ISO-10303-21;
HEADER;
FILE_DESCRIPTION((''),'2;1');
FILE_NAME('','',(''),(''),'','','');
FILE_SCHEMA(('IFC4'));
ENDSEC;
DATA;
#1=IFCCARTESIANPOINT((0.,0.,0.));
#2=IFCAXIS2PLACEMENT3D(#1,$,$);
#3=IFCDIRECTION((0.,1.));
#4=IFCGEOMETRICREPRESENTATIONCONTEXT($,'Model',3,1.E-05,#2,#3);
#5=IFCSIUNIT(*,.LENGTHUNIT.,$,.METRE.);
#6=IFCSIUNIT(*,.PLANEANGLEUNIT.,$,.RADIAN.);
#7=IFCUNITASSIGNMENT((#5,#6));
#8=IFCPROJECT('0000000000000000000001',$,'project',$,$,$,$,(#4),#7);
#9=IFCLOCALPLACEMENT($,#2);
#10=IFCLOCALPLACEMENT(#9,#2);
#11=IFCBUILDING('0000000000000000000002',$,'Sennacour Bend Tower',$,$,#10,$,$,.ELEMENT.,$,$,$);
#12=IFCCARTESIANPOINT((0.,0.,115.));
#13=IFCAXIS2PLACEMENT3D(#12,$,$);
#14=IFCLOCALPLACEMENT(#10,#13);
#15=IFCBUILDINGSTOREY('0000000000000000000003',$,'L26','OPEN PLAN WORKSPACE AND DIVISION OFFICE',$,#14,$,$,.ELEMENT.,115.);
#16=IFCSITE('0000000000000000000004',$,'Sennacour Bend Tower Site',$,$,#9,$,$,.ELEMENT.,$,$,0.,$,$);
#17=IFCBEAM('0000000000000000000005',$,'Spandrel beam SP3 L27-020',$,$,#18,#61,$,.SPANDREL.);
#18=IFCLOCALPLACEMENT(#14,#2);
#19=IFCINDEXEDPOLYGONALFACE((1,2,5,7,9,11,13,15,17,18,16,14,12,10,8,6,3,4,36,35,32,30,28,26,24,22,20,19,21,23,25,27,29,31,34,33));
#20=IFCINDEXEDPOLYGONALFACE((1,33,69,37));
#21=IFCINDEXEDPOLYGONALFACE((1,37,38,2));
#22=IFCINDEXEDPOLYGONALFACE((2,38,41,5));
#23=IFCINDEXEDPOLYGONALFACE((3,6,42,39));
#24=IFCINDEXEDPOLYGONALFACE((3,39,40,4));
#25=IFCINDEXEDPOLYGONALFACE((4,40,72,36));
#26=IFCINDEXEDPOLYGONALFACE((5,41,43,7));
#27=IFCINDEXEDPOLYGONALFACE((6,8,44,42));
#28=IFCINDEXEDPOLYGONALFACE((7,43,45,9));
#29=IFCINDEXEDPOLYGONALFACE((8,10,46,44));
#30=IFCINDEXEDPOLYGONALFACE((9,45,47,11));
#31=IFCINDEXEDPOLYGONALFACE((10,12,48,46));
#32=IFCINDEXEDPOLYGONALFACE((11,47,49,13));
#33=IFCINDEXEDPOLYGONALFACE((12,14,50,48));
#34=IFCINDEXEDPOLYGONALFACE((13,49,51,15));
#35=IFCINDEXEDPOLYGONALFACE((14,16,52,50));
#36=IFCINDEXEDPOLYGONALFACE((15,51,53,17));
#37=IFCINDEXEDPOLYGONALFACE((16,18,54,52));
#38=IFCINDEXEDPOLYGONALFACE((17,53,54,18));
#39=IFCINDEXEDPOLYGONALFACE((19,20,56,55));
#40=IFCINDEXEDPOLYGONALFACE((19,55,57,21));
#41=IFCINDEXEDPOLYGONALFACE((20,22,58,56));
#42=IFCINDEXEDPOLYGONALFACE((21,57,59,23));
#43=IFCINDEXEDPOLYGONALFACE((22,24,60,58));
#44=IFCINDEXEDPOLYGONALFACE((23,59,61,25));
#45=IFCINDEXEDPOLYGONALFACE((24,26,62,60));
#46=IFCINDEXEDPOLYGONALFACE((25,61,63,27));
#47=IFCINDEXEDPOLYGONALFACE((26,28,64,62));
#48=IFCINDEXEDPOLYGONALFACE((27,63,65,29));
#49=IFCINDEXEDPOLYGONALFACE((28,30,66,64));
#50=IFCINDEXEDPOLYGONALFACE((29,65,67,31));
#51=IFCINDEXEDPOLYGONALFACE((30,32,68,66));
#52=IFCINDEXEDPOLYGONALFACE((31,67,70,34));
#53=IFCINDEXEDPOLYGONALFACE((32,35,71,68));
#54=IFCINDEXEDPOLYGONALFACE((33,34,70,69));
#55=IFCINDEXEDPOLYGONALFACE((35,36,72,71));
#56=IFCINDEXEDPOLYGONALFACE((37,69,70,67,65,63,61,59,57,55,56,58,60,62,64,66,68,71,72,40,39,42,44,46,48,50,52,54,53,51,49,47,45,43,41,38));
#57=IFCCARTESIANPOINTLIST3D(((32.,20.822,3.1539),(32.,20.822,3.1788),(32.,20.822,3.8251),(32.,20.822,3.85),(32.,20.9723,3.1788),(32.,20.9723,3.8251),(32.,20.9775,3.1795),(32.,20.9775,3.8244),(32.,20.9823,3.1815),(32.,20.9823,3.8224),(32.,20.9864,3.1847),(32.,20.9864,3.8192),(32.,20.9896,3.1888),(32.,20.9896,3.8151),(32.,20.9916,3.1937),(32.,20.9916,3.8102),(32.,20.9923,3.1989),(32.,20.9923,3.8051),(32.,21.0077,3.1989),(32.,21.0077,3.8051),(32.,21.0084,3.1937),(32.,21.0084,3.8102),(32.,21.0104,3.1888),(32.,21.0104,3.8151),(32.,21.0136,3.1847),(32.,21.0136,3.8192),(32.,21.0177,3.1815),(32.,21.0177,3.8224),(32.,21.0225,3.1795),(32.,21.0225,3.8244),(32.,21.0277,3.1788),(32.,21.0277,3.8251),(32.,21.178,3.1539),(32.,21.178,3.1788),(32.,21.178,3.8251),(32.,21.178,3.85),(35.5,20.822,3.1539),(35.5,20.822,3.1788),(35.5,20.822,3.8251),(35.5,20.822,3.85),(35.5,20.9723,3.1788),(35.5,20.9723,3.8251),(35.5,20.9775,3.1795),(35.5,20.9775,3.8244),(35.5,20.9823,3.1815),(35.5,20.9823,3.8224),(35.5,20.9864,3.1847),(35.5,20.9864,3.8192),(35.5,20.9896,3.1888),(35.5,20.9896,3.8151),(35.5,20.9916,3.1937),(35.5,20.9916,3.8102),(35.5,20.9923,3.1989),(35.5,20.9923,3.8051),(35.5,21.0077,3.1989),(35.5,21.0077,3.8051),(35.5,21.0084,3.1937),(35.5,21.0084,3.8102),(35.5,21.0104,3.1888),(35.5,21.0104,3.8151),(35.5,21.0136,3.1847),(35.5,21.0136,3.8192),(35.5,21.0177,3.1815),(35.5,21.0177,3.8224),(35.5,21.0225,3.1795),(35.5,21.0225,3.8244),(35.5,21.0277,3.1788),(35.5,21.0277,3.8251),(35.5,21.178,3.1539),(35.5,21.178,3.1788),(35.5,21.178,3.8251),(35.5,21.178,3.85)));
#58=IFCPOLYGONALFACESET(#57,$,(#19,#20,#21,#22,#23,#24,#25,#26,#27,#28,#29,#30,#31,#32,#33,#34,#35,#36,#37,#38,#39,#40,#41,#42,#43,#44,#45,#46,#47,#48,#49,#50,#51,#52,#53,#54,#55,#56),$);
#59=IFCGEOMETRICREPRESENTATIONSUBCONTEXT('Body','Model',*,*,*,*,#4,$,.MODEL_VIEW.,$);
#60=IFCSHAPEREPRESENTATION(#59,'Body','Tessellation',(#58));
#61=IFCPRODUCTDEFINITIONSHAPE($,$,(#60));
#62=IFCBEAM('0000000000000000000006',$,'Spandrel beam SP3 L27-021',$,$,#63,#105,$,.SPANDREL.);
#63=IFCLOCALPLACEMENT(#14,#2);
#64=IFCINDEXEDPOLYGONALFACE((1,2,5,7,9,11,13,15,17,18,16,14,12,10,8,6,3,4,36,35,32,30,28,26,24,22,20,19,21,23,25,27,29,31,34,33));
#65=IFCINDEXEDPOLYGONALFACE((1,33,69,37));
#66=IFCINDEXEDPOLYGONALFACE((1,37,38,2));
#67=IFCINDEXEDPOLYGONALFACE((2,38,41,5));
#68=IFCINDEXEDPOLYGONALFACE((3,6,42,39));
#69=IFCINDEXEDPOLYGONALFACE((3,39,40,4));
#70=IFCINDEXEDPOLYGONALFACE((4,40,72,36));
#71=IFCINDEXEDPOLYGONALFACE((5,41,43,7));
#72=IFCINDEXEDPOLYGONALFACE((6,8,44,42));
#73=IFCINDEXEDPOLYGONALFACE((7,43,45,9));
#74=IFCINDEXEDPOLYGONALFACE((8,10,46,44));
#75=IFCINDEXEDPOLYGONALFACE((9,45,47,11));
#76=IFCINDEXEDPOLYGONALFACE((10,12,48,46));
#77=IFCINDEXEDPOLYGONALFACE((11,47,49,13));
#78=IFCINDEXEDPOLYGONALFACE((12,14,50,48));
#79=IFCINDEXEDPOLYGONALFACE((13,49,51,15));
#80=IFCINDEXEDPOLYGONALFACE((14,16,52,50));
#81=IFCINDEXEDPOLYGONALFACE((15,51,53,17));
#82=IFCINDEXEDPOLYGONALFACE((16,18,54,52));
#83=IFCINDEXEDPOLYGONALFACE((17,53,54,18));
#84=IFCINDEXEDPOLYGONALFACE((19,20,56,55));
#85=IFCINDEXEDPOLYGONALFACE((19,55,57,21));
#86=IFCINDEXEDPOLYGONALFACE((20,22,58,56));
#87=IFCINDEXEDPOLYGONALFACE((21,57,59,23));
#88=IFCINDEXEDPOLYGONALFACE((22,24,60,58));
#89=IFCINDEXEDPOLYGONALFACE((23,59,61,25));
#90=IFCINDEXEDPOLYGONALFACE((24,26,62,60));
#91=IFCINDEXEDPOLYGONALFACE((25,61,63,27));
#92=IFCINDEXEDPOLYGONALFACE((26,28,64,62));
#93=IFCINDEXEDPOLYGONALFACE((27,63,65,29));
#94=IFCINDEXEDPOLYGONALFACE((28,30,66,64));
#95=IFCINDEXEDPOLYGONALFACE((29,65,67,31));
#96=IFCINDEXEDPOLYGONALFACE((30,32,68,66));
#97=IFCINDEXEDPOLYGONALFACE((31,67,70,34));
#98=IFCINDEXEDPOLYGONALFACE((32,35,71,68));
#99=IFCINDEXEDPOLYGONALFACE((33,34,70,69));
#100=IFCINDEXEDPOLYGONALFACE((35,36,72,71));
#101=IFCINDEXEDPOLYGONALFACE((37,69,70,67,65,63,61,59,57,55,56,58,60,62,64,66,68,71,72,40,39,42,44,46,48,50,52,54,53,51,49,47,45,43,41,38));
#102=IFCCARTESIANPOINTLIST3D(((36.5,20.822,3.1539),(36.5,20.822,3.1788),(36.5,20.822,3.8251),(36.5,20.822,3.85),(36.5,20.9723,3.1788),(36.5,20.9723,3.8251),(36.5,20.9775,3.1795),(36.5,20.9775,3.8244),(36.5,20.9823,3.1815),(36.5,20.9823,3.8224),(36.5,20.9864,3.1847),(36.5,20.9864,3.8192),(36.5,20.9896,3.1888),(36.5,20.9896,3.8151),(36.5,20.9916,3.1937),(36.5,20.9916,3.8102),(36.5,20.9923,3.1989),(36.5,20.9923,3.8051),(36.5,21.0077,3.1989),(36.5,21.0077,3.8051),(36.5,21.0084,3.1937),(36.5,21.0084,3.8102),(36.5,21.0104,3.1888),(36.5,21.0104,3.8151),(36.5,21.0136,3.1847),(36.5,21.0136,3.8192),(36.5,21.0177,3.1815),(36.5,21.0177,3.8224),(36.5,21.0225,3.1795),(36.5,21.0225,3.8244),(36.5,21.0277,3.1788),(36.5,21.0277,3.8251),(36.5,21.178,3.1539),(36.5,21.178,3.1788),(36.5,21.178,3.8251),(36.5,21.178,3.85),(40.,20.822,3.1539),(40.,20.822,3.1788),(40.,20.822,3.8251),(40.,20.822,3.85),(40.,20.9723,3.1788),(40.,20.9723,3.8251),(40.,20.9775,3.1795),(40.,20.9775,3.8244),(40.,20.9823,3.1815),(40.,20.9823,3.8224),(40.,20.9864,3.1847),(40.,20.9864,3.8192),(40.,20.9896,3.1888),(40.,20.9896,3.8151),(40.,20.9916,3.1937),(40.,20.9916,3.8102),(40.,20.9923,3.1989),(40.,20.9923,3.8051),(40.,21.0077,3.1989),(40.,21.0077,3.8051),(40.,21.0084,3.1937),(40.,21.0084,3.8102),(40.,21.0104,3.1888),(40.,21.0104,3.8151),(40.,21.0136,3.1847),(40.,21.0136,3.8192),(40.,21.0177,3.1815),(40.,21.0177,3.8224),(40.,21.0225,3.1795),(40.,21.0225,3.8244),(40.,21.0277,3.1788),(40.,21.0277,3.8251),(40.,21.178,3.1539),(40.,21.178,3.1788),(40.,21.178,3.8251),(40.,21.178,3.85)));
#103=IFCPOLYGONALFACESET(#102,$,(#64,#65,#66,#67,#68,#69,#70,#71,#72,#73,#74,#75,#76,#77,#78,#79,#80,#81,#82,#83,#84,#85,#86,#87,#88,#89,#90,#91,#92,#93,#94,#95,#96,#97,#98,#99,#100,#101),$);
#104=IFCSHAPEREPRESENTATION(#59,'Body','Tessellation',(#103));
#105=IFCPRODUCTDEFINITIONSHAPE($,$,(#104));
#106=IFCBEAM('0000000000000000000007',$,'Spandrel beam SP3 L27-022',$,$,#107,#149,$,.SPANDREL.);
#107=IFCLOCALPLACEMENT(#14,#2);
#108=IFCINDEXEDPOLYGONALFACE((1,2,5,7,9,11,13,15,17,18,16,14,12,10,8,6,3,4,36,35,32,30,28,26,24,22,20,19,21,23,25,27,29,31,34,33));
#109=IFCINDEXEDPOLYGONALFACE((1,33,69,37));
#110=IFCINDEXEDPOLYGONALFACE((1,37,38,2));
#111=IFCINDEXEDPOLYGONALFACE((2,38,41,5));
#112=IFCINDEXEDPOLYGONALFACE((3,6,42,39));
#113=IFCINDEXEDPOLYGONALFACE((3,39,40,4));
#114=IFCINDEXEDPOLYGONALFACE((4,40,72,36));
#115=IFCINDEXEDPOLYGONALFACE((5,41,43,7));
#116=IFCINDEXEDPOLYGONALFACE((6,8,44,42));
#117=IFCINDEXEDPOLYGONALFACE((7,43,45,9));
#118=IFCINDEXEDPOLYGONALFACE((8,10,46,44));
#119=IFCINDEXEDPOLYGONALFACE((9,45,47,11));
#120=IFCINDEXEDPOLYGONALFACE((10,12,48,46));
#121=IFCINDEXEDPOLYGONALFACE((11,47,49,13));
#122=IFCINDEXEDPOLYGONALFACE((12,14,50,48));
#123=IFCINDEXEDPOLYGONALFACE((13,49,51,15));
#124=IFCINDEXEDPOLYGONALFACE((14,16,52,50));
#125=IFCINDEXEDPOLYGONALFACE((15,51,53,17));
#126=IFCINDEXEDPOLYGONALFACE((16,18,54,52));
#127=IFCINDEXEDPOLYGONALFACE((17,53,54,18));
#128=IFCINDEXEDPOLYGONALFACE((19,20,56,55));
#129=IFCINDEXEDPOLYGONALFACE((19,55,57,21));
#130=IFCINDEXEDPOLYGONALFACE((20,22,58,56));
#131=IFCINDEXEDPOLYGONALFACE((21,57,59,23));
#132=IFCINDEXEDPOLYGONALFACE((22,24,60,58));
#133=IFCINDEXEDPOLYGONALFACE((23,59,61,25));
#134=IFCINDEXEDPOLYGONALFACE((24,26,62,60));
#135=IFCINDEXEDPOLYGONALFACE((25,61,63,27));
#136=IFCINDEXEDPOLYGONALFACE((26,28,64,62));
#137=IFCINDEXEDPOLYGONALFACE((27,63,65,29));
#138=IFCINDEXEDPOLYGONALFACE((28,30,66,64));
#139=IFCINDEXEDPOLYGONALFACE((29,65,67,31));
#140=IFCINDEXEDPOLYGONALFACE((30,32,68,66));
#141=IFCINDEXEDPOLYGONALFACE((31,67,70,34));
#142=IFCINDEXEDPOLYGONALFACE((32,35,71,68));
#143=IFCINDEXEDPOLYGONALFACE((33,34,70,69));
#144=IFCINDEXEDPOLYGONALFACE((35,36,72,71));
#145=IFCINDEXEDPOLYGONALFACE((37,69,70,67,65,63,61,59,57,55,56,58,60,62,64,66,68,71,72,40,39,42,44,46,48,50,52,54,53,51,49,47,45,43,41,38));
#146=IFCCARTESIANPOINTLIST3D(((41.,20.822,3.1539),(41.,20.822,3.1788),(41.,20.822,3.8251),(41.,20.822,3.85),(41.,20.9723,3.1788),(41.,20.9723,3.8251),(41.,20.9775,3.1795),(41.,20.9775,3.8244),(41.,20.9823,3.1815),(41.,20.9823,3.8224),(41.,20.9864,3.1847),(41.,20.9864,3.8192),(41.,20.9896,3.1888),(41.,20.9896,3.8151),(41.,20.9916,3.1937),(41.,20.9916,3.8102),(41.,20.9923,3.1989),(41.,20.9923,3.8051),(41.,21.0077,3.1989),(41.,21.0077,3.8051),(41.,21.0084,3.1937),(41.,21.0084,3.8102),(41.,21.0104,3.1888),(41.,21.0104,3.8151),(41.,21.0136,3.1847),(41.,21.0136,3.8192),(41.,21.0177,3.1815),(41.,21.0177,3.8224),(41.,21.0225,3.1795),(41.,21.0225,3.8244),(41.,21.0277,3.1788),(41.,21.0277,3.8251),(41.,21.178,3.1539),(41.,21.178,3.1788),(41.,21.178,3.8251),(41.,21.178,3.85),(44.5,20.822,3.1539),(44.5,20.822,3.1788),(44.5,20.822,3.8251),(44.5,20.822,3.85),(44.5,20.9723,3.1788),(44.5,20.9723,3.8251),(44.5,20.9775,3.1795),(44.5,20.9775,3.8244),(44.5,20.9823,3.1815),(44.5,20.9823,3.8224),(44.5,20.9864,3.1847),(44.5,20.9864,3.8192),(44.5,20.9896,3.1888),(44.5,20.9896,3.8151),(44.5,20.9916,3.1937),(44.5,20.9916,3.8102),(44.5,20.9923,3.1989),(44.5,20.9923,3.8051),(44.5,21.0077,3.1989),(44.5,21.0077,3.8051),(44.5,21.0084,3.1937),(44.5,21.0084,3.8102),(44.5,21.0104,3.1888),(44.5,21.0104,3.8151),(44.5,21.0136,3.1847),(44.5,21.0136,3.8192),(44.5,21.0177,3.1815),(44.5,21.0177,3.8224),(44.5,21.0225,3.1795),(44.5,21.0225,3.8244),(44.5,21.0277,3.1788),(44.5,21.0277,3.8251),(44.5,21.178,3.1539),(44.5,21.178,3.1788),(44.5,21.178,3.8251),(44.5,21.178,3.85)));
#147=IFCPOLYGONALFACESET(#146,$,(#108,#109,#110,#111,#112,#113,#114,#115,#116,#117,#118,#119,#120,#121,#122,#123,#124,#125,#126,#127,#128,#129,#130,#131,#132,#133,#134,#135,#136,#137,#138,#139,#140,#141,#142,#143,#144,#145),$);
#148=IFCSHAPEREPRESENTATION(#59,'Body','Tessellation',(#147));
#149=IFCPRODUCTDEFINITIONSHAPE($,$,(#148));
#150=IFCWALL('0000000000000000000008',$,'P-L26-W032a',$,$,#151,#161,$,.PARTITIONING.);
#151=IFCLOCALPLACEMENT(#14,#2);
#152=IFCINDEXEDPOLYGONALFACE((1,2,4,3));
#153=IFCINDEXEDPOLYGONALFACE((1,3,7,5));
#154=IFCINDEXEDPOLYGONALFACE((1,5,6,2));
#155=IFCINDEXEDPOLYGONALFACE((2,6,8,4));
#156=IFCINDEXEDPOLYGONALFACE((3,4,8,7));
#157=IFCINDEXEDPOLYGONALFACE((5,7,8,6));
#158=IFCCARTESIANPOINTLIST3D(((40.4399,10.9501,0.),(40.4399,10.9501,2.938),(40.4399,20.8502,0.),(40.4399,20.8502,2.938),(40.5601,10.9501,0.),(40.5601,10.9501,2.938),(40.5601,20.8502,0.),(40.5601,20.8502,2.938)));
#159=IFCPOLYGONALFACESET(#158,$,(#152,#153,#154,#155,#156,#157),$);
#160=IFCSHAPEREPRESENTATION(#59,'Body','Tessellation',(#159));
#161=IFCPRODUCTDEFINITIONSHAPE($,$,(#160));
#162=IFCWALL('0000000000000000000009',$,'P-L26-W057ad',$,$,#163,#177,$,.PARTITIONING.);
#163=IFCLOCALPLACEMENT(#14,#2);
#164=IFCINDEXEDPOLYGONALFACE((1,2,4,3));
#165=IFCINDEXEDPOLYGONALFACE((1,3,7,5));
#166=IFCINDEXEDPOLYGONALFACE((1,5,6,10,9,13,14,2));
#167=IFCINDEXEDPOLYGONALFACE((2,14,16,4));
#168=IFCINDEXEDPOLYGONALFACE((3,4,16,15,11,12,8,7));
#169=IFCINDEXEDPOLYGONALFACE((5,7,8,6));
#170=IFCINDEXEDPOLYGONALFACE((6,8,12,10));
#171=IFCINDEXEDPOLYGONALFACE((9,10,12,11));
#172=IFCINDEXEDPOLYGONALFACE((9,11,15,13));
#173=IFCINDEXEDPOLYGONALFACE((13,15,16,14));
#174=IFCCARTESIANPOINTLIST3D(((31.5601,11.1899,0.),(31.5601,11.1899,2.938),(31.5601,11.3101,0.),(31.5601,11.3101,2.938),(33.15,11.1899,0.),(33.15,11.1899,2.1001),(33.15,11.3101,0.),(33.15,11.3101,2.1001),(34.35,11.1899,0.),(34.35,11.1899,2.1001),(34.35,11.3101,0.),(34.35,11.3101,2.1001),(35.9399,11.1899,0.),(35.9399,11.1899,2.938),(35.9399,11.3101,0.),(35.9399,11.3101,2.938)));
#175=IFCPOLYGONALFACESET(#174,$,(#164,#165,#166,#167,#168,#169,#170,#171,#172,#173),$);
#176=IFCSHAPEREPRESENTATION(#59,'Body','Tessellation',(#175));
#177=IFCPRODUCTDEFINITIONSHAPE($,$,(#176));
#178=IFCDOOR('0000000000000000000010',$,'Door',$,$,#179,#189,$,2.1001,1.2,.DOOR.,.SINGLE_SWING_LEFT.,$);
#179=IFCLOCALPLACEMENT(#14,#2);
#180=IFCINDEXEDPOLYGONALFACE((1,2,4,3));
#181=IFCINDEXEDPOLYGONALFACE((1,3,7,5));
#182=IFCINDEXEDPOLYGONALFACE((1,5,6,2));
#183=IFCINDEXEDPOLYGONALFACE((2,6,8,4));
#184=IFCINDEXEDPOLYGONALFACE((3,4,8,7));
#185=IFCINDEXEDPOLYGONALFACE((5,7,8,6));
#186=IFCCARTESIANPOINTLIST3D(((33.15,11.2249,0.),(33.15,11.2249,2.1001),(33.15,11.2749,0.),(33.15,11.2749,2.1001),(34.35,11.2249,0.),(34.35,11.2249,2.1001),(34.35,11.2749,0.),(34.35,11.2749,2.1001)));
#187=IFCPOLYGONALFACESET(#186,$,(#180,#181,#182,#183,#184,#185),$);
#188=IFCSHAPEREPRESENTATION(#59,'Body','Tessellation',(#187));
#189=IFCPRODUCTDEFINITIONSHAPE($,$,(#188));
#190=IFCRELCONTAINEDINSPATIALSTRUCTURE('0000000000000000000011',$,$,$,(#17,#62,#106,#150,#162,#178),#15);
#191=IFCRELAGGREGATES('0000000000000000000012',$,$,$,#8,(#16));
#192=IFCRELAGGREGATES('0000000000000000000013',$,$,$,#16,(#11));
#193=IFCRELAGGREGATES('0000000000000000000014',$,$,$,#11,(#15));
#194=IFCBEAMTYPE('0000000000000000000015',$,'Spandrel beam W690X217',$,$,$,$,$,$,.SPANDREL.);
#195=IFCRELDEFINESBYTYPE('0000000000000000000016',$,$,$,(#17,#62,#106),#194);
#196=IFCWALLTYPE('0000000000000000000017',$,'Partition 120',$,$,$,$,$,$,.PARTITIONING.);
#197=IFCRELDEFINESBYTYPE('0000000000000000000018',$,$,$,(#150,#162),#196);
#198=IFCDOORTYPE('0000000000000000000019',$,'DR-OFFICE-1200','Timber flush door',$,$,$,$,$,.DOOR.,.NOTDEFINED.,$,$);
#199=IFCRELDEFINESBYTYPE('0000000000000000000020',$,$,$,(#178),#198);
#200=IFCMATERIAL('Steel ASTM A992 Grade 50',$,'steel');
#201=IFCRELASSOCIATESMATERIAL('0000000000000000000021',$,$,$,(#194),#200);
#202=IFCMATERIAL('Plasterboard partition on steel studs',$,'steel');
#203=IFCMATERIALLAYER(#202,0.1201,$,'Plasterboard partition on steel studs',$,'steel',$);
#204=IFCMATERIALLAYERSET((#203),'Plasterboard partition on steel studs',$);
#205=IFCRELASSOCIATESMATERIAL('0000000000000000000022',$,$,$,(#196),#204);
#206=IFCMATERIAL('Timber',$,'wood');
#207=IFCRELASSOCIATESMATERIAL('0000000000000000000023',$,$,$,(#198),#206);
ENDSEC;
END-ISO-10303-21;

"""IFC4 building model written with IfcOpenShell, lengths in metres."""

from ifc_helpers import new_model, si_unit, direction, frame, frame_2d, origin, origin_2d, place, context, subcontext, project, spatial, rectangle, i_section, extrude, material, layer, layer_set, material_profile, profile_set, type_object, element, fill, save


model = new_model("IFC4")

# Units and contexts
model_context = context("Model", 3, precision=1e-05, world=origin(), true_north=direction((0.0, 1.0)))
body_context = subcontext(model_context, "Body", "Model", "MODEL_VIEW")
ifc_project = project(units=[si_unit("LENGTHUNIT", "METRE"), si_unit("PLANEANGLEUNIT", "RADIAN")], contexts=[model_context])

# Site, building, storey
site_placement = place(None, origin())
site = spatial("IfcSite", under=ifc_project, at=site_placement, Name="Sennacour Bend Tower Site", CompositionType="ELEMENT", RefElevation=0.0)
building_placement = place(site_placement, origin())
building = spatial("IfcBuilding", under=site, at=building_placement, Name="Sennacour Bend Tower", CompositionType="ELEMENT")
storey_placement = place(building_placement, frame((0.0, 0.0, 115.0)))
storey = spatial("IfcBuildingStorey", under=building, at=storey_placement, Name="L26", Description="OPEN PLAN WORKSPACE AND DIVISION OFFICE", CompositionType="ELEMENT", Elevation=115.0)

# Beams
ifc_material_1 = material(Name="Steel ASTM A992 Grade 50", Category="steel")
ifc_material_profile_1 = material_profile(ifc_material_1, i_section(OverallWidth=0.356, OverallDepth=0.696, WebThickness=0.0154, FlangeThickness=0.0249, FilletRadius=0.02, at=origin_2d()), Name="Steel ASTM A992 Grade 50", Category="steel")
ifc_profile_set_1 = profile_set([ifc_material_profile_1], Name="Steel ASTM A992 Grade 50")
beam_type = type_object("IfcBeamType", Name="Spandrel beam W690X217", PredefinedType="SPANDREL", material=ifc_profile_set_1)
for number, where, z_axis, x_axis, name in (
    (1, (32.0, 21.0, 3.502), (1.0, 0.0, 0.0), (0.0, 1.0, 0.0), "Spandrel beam SP3 L27-020"),
    (2, (36.5, 21.0, 3.502), (1.0, 0.0, 0.0), (0.0, 1.0, 0.0), "Spandrel beam SP3 L27-021"),
    (3, (41.0, 21.0, 3.502), (1.0, 0.0, 0.0), (0.0, 1.0, 0.0), "Spandrel beam SP3 L27-022"),
):
    element("IfcBeam", number, at=place(storey_placement, frame(where, z_axis=z_axis, x_axis=x_axis)), inside=storey, type_object=beam_type, Name=name, PredefinedType="SPANDREL", context=body_context, shape_type="SweptSolid", body=[
        extrude(i_section(OverallWidth=0.356, OverallDepth=0.696, WebThickness=0.0154, FlangeThickness=0.0249, FilletRadius=0.02, at=origin_2d()), origin(), (0.0, 0.0, 1.0), 3.5),
    ])

# Wall
ifc_material_2 = material(Name="Plasterboard partition on steel studs", Category="steel")
ifc_layer_1 = layer(ifc_material_2, 0.1201, Name="Plasterboard partition on steel studs", Category="steel")
ifc_layer_set_1 = layer_set([ifc_layer_1], Name="Plasterboard partition on steel studs")
wall_type_1 = type_object("IfcWallType", Name="Partition 120", PredefinedType="PARTITIONING", material=ifc_layer_set_1)
wall_1_placement = place(storey_placement, frame((40.5, 10.95, 0.0), z_axis=(0.0, 0.0, 1.0), x_axis=(0.0, 1.0, 0.0)))
element("IfcWall", 4, at=wall_1_placement, inside=storey, type_object=wall_type_1, Name="P-L26-W032a", PredefinedType="PARTITIONING", context=body_context, shape_type="SweptSolid", body=[
    extrude(rectangle(XDim=9.9001, YDim=0.1201, at=frame_2d((4.9502, 0.0))), origin(), (0.0, 0.0, 1.0), 2.938),
])

# Wall, opening, door
wall_2_placement = place(storey_placement, frame((31.5601, 11.25, 0.0), z_axis=(0.0, 0.0, 1.0), x_axis=(1.0, 0.0, 0.0)))
wall_2 = element("IfcWall", 5, at=wall_2_placement, inside=storey, type_object=wall_type_1, Name="P-L26-W057ad", PredefinedType="PARTITIONING", context=body_context, shape_type="SweptSolid", body=[
    extrude(rectangle(XDim=4.3799, YDim=0.1201, at=frame_2d((2.1899, 0.0))), origin(), (0.0, 0.0, 1.0), 2.938),
])
opening_1_placement = place(wall_2_placement, frame((1.5898, 0.0, 0.0)))
opening_1 = element("IfcOpeningElement", 6, at=opening_1_placement, cuts=wall_2, PredefinedType="OPENING", context=body_context, shape_type="SweptSolid", body=[
    extrude(rectangle(XDim=1.2, YDim=2.1001, at=frame_2d((0.6001, 1.05))), frame((0.0, 0.0701, 0.0), z_axis=(0.0, -1.0, 0.0), x_axis=(1.0, 0.0, 0.0)), (0.0, 0.0, 1.0), 0.1401),
])
ifc_material_3 = material(Name="Timber", Category="wood")
door_type_1 = type_object("IfcDoorType", Name="DR-OFFICE-1200", Description="Timber flush door", OperationType="NOTDEFINED", PredefinedType="DOOR", material=ifc_material_3)
door_1_placement = place(opening_1_placement, origin())
door_1 = element("IfcDoor", 7, at=door_1_placement, inside=storey, type_object=door_type_1, Name="Door", OperationType="SINGLE_SWING_LEFT", OverallHeight=2.1001, OverallWidth=1.2, PredefinedType="DOOR", context=body_context, shape_type="SweptSolid", body=[
    extrude(rectangle(XDim=1.2, YDim=2.1001, at=frame_2d((0.6001, 1.05))), frame((0.0, 0.0249, 0.0), z_axis=(0.0, -1.0, 0.0), x_axis=(1.0, 0.0, 0.0)), (0.0, 0.0, 1.0), 0.05),
])
fill(opening_1, door_1)

save(model, "model.ifc")
